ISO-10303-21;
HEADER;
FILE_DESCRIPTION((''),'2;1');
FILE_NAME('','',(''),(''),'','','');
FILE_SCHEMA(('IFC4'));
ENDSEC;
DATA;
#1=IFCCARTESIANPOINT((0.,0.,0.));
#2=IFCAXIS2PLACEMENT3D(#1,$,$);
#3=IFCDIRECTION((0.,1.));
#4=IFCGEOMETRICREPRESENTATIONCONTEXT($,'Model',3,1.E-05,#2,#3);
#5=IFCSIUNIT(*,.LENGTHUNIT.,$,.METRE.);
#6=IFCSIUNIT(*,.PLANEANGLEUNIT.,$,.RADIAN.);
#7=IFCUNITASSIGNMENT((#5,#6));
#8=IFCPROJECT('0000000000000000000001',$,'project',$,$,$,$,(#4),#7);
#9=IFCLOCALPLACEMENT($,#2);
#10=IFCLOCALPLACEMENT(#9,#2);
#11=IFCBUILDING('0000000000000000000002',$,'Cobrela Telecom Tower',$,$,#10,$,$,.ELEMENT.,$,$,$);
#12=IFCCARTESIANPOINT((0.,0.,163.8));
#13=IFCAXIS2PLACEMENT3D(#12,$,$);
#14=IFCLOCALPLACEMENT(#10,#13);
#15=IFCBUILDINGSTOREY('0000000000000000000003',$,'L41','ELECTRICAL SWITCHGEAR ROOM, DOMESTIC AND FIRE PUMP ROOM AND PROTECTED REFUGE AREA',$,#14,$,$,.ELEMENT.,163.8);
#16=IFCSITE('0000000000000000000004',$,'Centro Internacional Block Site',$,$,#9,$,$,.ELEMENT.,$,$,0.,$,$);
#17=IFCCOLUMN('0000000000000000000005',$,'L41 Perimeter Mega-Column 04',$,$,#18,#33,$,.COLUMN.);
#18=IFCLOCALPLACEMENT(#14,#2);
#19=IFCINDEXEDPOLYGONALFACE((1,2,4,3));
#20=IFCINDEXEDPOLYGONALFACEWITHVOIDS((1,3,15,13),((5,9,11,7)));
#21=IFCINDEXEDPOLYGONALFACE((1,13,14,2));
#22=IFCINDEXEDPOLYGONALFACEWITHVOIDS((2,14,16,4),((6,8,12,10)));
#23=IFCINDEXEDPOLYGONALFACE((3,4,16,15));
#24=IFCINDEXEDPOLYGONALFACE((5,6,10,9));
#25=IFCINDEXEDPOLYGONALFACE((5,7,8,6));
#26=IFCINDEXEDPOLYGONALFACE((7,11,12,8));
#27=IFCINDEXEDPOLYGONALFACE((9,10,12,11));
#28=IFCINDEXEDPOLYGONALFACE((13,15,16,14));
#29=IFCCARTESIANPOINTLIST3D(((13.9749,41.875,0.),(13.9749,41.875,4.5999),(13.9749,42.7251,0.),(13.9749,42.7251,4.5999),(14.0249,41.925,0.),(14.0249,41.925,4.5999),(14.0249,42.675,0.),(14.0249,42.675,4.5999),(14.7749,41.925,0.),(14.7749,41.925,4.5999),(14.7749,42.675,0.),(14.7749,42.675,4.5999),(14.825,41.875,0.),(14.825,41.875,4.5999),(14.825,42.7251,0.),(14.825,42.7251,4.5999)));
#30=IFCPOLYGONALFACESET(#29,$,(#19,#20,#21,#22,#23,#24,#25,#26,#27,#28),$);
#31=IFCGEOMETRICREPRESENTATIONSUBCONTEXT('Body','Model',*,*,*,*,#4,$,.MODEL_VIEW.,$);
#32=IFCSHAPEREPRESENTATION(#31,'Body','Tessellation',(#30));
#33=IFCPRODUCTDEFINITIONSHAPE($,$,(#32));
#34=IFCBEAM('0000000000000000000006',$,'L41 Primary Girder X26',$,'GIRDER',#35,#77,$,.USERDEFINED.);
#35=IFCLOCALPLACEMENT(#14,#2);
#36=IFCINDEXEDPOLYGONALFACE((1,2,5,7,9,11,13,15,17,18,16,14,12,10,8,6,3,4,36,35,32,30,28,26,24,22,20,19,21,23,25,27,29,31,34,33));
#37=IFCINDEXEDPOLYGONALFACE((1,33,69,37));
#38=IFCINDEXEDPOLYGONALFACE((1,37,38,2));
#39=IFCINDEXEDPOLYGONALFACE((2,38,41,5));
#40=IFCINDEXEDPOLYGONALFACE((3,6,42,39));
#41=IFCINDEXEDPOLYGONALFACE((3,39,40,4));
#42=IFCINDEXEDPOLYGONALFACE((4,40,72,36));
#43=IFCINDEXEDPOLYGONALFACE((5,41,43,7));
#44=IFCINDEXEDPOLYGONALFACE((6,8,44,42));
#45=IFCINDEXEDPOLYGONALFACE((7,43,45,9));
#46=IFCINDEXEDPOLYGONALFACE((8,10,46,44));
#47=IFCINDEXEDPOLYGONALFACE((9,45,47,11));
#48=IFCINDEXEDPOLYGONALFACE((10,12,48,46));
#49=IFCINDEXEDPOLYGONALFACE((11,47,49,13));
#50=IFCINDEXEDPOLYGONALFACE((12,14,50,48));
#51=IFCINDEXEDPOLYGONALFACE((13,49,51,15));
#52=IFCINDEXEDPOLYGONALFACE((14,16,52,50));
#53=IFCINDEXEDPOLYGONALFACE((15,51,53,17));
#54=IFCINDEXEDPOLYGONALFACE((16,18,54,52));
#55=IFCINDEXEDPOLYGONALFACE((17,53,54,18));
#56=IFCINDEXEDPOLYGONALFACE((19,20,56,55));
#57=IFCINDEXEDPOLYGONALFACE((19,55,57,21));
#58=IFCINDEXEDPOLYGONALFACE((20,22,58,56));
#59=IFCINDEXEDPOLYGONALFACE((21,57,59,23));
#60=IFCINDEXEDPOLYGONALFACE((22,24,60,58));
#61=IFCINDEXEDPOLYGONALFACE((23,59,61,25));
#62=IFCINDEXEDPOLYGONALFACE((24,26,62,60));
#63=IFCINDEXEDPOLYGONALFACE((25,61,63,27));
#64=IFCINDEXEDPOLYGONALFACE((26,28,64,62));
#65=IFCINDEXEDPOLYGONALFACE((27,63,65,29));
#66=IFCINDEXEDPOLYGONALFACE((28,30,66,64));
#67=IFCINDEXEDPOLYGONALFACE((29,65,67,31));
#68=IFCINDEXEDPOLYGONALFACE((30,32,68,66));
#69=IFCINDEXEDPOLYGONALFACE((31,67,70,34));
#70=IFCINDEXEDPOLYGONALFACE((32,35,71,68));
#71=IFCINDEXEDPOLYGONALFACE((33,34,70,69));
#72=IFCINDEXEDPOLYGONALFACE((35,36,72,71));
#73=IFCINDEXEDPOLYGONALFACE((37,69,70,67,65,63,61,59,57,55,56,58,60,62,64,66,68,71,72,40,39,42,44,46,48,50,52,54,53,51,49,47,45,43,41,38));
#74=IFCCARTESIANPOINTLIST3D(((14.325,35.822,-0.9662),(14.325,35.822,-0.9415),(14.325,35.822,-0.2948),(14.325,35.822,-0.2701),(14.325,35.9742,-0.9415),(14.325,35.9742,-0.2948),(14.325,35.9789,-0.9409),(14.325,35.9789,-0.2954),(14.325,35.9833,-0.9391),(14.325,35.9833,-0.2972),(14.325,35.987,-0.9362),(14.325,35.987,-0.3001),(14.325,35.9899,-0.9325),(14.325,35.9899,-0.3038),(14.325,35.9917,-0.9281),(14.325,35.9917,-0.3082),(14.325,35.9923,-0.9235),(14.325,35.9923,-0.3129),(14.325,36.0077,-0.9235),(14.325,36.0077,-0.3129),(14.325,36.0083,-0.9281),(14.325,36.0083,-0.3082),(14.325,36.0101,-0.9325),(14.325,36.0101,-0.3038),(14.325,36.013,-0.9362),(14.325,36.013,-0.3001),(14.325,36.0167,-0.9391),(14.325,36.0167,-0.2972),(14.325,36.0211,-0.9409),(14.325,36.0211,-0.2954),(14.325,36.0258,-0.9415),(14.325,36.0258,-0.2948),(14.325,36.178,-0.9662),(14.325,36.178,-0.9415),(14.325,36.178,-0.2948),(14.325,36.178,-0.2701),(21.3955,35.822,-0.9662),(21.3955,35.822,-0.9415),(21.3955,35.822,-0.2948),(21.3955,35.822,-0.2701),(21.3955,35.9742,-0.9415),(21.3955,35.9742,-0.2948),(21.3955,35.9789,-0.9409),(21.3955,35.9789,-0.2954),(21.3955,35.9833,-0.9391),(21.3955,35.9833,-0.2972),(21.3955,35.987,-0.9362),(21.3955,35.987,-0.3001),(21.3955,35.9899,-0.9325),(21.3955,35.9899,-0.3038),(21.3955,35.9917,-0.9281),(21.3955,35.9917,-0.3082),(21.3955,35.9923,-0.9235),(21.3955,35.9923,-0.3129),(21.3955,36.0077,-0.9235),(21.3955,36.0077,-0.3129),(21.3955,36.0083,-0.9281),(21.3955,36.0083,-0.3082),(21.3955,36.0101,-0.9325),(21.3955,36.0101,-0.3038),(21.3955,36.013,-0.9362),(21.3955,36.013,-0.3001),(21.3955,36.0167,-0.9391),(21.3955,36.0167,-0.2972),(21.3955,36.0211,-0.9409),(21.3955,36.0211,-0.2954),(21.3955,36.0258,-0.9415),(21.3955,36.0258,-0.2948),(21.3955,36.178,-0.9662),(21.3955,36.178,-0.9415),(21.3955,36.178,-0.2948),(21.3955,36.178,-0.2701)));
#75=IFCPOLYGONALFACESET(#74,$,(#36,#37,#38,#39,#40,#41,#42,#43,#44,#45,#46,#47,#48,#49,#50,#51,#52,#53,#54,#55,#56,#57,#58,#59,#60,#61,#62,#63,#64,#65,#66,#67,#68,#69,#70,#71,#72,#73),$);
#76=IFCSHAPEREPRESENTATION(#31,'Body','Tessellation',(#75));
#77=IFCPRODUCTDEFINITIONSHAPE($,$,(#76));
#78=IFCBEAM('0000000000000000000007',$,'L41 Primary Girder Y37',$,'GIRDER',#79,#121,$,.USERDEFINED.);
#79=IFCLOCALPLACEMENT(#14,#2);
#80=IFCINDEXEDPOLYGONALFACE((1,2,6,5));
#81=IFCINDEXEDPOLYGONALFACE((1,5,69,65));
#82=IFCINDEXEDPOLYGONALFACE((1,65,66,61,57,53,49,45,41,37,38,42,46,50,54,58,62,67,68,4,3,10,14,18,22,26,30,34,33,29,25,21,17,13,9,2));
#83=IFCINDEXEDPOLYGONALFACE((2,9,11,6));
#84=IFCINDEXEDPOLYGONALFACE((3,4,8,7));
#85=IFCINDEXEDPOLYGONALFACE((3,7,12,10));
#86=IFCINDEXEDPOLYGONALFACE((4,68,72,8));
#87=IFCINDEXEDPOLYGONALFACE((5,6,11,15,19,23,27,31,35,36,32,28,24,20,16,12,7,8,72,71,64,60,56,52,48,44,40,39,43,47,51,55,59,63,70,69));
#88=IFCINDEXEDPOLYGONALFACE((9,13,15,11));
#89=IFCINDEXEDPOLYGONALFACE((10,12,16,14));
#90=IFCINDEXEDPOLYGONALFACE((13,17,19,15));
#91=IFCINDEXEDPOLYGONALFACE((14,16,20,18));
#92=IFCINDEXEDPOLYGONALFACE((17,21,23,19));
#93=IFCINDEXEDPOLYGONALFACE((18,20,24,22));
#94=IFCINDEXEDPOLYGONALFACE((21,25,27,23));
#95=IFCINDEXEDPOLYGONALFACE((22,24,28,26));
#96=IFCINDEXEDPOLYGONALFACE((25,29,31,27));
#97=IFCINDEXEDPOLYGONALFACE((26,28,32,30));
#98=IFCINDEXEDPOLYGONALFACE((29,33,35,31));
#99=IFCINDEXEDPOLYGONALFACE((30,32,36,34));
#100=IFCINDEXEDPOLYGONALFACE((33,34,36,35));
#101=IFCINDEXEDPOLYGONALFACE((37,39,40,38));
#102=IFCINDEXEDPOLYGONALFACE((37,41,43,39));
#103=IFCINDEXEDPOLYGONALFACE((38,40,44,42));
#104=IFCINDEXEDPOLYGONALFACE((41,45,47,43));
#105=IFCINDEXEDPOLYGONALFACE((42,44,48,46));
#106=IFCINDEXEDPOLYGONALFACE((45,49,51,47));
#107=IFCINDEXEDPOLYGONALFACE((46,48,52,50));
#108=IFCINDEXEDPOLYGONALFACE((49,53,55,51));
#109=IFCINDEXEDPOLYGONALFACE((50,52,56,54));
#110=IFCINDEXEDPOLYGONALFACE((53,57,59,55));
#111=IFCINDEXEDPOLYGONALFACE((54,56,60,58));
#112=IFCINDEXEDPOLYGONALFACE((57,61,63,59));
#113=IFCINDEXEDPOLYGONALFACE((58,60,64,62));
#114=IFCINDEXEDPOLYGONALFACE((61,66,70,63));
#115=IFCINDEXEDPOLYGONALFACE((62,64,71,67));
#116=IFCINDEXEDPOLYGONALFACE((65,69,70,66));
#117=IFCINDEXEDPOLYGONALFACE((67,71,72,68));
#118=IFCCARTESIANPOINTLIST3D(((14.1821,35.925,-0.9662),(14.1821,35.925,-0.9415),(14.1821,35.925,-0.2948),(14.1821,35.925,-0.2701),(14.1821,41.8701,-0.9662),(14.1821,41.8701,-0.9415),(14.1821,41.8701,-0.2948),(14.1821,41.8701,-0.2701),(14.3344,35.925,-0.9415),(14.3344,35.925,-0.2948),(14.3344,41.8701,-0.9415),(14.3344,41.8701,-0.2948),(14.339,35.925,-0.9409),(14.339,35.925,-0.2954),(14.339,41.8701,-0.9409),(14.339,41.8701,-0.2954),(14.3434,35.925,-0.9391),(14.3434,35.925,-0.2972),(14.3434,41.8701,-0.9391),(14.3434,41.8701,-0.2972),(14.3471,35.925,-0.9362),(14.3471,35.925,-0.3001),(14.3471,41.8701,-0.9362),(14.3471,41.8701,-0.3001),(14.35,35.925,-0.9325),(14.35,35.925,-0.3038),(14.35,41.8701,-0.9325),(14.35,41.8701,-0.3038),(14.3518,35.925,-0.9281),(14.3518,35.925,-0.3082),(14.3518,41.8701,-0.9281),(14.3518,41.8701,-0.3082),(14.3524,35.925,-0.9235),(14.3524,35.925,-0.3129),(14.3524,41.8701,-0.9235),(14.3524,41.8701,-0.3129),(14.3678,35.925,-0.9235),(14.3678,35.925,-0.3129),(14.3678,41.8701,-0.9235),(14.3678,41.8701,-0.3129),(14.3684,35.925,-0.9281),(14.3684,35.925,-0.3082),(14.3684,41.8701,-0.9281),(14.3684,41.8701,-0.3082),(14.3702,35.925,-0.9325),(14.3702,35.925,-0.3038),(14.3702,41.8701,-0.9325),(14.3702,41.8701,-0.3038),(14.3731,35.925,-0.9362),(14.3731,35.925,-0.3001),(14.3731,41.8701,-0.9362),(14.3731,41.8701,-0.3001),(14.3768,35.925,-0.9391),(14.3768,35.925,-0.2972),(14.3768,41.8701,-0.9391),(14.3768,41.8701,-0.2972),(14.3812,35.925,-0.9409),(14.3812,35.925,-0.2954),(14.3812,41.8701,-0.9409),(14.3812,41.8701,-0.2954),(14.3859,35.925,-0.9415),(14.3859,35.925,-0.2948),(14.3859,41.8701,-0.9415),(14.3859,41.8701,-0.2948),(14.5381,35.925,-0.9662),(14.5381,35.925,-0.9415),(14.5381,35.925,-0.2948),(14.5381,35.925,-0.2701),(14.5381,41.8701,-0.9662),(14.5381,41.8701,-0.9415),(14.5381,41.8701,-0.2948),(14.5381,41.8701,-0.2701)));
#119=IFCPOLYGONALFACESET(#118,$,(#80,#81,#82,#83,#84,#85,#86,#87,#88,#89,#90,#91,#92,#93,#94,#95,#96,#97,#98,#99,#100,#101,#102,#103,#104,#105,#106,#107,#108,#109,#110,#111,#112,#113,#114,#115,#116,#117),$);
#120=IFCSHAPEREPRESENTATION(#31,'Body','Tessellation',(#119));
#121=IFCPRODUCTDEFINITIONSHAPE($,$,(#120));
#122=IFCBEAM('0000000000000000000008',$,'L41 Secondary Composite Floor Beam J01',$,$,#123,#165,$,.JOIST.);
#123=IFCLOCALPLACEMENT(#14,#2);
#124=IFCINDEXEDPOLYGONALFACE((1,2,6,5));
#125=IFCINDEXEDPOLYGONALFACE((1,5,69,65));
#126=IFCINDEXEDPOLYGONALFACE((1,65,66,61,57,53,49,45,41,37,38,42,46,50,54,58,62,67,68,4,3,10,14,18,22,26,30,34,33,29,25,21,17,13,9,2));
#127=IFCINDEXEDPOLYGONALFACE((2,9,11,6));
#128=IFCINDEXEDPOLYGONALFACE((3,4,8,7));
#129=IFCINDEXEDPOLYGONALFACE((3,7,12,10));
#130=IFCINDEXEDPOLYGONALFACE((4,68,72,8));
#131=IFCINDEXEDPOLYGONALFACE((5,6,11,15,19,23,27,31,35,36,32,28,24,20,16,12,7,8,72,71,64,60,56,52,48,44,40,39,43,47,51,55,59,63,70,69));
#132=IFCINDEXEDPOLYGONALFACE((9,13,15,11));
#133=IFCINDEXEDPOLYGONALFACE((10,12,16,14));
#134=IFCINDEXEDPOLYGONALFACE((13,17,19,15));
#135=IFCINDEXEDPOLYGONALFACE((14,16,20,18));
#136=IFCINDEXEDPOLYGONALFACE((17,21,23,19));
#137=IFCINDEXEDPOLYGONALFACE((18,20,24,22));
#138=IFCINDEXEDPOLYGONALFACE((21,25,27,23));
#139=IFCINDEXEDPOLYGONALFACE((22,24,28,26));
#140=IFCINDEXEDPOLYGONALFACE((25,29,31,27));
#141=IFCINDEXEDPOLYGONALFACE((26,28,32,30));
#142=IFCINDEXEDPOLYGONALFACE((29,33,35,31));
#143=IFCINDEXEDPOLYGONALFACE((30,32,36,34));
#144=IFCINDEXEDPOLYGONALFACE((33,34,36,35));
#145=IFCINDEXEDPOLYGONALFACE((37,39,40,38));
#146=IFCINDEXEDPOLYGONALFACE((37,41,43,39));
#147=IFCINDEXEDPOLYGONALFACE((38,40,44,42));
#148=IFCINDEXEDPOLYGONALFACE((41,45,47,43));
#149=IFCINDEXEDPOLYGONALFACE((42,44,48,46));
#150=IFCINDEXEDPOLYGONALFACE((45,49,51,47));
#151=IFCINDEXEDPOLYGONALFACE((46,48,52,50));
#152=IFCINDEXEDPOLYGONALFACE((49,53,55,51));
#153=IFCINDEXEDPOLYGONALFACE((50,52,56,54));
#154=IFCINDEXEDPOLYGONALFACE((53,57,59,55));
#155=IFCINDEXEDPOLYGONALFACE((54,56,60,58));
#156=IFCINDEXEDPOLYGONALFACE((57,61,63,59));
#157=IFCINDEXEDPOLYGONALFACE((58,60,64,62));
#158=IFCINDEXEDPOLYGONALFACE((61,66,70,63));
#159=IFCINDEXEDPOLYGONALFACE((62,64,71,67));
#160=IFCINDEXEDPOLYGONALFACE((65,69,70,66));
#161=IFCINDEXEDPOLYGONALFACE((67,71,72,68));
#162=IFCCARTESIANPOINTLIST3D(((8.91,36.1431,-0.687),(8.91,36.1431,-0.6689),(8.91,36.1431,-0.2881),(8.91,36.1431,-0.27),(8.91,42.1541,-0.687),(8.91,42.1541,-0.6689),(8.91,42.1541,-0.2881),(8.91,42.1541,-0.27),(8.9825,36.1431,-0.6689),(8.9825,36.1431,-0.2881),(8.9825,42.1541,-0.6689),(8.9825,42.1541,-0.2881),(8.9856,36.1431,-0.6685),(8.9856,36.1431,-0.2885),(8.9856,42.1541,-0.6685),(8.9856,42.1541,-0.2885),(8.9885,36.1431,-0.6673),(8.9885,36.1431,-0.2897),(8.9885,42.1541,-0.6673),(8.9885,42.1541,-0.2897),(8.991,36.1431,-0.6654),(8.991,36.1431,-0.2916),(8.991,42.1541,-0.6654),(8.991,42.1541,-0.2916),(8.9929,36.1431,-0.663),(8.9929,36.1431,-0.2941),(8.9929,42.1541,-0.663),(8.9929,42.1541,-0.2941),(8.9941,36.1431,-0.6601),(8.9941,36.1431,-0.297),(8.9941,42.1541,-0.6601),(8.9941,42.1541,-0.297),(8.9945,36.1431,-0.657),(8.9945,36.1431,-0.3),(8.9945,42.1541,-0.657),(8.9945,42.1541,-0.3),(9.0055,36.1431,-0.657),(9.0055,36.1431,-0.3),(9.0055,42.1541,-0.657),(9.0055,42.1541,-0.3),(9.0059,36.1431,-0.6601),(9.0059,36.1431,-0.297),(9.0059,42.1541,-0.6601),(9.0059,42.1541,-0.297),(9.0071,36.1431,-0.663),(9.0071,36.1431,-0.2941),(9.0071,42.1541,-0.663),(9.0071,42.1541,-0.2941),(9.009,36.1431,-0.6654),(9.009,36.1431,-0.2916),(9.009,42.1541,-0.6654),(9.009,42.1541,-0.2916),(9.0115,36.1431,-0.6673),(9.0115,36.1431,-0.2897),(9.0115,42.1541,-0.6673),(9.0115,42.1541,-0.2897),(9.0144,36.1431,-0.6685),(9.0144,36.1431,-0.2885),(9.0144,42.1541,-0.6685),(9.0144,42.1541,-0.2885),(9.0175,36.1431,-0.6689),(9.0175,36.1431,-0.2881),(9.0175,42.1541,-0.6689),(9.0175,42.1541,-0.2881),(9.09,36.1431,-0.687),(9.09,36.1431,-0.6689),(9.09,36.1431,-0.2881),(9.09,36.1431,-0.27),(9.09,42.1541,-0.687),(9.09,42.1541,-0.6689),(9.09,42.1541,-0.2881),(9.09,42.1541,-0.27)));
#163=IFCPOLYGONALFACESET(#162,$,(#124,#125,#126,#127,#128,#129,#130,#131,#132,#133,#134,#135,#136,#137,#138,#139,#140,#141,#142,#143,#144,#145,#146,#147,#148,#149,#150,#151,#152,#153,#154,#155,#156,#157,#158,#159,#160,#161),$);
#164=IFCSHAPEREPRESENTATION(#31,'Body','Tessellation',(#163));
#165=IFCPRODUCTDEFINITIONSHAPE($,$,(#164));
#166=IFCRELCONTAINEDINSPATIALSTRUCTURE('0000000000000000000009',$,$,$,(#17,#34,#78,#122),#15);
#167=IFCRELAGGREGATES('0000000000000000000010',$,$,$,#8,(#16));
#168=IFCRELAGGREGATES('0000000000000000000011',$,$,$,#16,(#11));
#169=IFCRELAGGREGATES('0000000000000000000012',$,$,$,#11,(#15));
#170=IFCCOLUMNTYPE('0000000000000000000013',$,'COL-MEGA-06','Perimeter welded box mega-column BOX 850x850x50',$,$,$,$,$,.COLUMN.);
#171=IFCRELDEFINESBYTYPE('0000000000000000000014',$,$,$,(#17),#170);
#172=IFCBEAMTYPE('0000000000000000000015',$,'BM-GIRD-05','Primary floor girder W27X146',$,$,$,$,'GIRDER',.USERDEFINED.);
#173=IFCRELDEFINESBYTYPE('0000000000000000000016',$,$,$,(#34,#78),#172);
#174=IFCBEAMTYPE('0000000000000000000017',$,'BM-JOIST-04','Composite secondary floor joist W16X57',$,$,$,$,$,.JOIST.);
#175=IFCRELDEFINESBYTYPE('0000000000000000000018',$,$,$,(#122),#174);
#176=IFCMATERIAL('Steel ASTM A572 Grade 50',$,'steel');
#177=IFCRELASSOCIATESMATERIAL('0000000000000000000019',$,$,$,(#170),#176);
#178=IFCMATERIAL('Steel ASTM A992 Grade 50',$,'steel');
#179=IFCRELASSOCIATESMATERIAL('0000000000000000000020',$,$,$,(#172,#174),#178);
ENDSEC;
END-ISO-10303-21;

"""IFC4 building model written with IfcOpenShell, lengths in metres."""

from ifc_helpers import new_model, si_unit, direction, frame, origin, origin_2d, place, context, subcontext, project, spatial, hollow_rectangle, i_section, extrude, material, material_profile, profile_set, type_object, element, save


model = new_model("IFC4")

# Units and contexts
model_context = context("Model", 3, precision=1e-05, world=origin(), true_north=direction((0.0, 1.0)))
body_context = subcontext(model_context, "Body", "Model", "MODEL_VIEW")
ifc_project = project(units=[si_unit("LENGTHUNIT", "METRE"), si_unit("PLANEANGLEUNIT", "RADIAN")], contexts=[model_context])

# Site, building, storey
site_placement = place(None, origin())
site = spatial("IfcSite", under=ifc_project, at=site_placement, Name="Centro Internacional Block Site", CompositionType="ELEMENT", RefElevation=0.0)
building_placement = place(site_placement, origin())
building = spatial("IfcBuilding", under=site, at=building_placement, Name="Cobrela Telecom Tower", CompositionType="ELEMENT")
storey_placement = place(building_placement, frame((0.0, 0.0, 163.8)))
storey = spatial("IfcBuildingStorey", under=building, at=storey_placement, Name="L41", Description="ELECTRICAL SWITCHGEAR ROOM, DOMESTIC AND FIRE PUMP ROOM AND PROTECTED REFUGE AREA", CompositionType="ELEMENT", Elevation=163.8)

# Column
ifc_material_1 = material(Name="Steel ASTM A572 Grade 50", Category="steel")
ifc_material_profile_1 = material_profile(ifc_material_1, hollow_rectangle(XDim=0.8501, YDim=0.8501, WallThickness=0.05, at=origin_2d()), Name="BOX 850x850x50")
ifc_profile_set_1 = profile_set([ifc_material_profile_1], Name="Steel ASTM A572 Grade 50")
column_type = type_object("IfcColumnType", Name="COL-MEGA-06", Description="Perimeter welded box mega-column BOX 850x850x50", PredefinedType="COLUMN", material=ifc_profile_set_1)
column_placement = place(storey_placement, frame((14.3999, 42.3, 0.0), z_axis=(0.0, 0.0, 1.0), x_axis=(1.0, 0.0, 0.0)))
element("IfcColumn", 1, at=column_placement, inside=storey, type_object=column_type, Name="L41 Perimeter Mega-Column 04", PredefinedType="COLUMN", context=body_context, shape_type="SweptSolid", body=[
    extrude(hollow_rectangle(XDim=0.8501, YDim=0.8501, WallThickness=0.05, at=origin_2d()), origin(), (0.0, 0.0, 1.0), 4.5999),
])

# Beams
ifc_material_2 = material(Name="Steel ASTM A992 Grade 50", Category="steel")
ifc_material_profile_2 = material_profile(ifc_material_2, i_section(OverallWidth=0.356, OverallDepth=0.696, WebThickness=0.0154, FlangeThickness=0.0247, FilletRadius=0.0181, at=origin_2d()), Name="W27X146")
ifc_profile_set_2 = profile_set([ifc_material_profile_2], Name="Steel ASTM A992 Grade 50")
beam_type_1 = type_object("IfcBeamType", Name="BM-GIRD-05", Description="Primary floor girder W27X146", ElementType="GIRDER", PredefinedType="USERDEFINED", material=ifc_profile_set_2)
beam_1_placement = place(storey_placement, frame((14.325, 36.0, -0.6182), z_axis=(1.0, 0.0, 0.0), x_axis=(0.0, 1.0, 0.0)))
element("IfcBeam", 2, at=beam_1_placement, inside=storey, type_object=beam_type_1, Name="L41 Primary Girder X26", ObjectType="GIRDER", PredefinedType="USERDEFINED", context=body_context, shape_type="SweptSolid", body=[
    extrude(i_section(OverallWidth=0.356, OverallDepth=0.696, WebThickness=0.0154, FlangeThickness=0.0247, FilletRadius=0.0181, at=origin_2d()), origin(), (0.0, 0.0, 1.0), 7.0706),
])
beam_2_placement = place(storey_placement, frame((14.3601, 35.925, -0.6182), z_axis=(0.0, 1.0, 0.0), x_axis=(-1.0, 0.0, 0.0)))
element("IfcBeam", 3, at=beam_2_placement, inside=storey, type_object=beam_type_1, Name="L41 Primary Girder Y37", ObjectType="GIRDER", PredefinedType="USERDEFINED", context=body_context, shape_type="SweptSolid", body=[
    extrude(i_section(OverallWidth=0.356, OverallDepth=0.696, WebThickness=0.0154, FlangeThickness=0.0247, FilletRadius=0.0181, at=origin_2d()), origin(), (0.0, 0.0, 1.0), 5.9451),
])
ifc_material_profile_3 = material_profile(ifc_material_2, i_section(OverallWidth=0.1799, OverallDepth=0.417, WebThickness=0.011, FlangeThickness=0.0181, FilletRadius=0.012, at=origin_2d()), Name="W16X57")
ifc_profile_set_3 = profile_set([ifc_material_profile_3], Name="Steel ASTM A992 Grade 50")
beam_type_2 = type_object("IfcBeamType", Name="BM-JOIST-04", Description="Composite secondary floor joist W16X57", PredefinedType="JOIST", material=ifc_profile_set_3)
for number, where, z_axis, x_axis, name in (
    (4, (9.0, 36.1431, -0.4785), (0.0, 1.0, 0.0), (-1.0, 0.0, 0.0), "L41 Secondary Composite Floor Beam J01"),
):
    element("IfcBeam", number, at=place(storey_placement, frame(where, z_axis=z_axis, x_axis=x_axis)), inside=storey, type_object=beam_type_2, Name=name, PredefinedType="JOIST", context=body_context, shape_type="SweptSolid", body=[
        extrude(i_section(OverallWidth=0.1799, OverallDepth=0.417, WebThickness=0.011, FlangeThickness=0.0181, FilletRadius=0.012, at=origin_2d()), origin(), (0.0, 0.0, 1.0), 6.011),
    ])

save(model, "model.ifc")
